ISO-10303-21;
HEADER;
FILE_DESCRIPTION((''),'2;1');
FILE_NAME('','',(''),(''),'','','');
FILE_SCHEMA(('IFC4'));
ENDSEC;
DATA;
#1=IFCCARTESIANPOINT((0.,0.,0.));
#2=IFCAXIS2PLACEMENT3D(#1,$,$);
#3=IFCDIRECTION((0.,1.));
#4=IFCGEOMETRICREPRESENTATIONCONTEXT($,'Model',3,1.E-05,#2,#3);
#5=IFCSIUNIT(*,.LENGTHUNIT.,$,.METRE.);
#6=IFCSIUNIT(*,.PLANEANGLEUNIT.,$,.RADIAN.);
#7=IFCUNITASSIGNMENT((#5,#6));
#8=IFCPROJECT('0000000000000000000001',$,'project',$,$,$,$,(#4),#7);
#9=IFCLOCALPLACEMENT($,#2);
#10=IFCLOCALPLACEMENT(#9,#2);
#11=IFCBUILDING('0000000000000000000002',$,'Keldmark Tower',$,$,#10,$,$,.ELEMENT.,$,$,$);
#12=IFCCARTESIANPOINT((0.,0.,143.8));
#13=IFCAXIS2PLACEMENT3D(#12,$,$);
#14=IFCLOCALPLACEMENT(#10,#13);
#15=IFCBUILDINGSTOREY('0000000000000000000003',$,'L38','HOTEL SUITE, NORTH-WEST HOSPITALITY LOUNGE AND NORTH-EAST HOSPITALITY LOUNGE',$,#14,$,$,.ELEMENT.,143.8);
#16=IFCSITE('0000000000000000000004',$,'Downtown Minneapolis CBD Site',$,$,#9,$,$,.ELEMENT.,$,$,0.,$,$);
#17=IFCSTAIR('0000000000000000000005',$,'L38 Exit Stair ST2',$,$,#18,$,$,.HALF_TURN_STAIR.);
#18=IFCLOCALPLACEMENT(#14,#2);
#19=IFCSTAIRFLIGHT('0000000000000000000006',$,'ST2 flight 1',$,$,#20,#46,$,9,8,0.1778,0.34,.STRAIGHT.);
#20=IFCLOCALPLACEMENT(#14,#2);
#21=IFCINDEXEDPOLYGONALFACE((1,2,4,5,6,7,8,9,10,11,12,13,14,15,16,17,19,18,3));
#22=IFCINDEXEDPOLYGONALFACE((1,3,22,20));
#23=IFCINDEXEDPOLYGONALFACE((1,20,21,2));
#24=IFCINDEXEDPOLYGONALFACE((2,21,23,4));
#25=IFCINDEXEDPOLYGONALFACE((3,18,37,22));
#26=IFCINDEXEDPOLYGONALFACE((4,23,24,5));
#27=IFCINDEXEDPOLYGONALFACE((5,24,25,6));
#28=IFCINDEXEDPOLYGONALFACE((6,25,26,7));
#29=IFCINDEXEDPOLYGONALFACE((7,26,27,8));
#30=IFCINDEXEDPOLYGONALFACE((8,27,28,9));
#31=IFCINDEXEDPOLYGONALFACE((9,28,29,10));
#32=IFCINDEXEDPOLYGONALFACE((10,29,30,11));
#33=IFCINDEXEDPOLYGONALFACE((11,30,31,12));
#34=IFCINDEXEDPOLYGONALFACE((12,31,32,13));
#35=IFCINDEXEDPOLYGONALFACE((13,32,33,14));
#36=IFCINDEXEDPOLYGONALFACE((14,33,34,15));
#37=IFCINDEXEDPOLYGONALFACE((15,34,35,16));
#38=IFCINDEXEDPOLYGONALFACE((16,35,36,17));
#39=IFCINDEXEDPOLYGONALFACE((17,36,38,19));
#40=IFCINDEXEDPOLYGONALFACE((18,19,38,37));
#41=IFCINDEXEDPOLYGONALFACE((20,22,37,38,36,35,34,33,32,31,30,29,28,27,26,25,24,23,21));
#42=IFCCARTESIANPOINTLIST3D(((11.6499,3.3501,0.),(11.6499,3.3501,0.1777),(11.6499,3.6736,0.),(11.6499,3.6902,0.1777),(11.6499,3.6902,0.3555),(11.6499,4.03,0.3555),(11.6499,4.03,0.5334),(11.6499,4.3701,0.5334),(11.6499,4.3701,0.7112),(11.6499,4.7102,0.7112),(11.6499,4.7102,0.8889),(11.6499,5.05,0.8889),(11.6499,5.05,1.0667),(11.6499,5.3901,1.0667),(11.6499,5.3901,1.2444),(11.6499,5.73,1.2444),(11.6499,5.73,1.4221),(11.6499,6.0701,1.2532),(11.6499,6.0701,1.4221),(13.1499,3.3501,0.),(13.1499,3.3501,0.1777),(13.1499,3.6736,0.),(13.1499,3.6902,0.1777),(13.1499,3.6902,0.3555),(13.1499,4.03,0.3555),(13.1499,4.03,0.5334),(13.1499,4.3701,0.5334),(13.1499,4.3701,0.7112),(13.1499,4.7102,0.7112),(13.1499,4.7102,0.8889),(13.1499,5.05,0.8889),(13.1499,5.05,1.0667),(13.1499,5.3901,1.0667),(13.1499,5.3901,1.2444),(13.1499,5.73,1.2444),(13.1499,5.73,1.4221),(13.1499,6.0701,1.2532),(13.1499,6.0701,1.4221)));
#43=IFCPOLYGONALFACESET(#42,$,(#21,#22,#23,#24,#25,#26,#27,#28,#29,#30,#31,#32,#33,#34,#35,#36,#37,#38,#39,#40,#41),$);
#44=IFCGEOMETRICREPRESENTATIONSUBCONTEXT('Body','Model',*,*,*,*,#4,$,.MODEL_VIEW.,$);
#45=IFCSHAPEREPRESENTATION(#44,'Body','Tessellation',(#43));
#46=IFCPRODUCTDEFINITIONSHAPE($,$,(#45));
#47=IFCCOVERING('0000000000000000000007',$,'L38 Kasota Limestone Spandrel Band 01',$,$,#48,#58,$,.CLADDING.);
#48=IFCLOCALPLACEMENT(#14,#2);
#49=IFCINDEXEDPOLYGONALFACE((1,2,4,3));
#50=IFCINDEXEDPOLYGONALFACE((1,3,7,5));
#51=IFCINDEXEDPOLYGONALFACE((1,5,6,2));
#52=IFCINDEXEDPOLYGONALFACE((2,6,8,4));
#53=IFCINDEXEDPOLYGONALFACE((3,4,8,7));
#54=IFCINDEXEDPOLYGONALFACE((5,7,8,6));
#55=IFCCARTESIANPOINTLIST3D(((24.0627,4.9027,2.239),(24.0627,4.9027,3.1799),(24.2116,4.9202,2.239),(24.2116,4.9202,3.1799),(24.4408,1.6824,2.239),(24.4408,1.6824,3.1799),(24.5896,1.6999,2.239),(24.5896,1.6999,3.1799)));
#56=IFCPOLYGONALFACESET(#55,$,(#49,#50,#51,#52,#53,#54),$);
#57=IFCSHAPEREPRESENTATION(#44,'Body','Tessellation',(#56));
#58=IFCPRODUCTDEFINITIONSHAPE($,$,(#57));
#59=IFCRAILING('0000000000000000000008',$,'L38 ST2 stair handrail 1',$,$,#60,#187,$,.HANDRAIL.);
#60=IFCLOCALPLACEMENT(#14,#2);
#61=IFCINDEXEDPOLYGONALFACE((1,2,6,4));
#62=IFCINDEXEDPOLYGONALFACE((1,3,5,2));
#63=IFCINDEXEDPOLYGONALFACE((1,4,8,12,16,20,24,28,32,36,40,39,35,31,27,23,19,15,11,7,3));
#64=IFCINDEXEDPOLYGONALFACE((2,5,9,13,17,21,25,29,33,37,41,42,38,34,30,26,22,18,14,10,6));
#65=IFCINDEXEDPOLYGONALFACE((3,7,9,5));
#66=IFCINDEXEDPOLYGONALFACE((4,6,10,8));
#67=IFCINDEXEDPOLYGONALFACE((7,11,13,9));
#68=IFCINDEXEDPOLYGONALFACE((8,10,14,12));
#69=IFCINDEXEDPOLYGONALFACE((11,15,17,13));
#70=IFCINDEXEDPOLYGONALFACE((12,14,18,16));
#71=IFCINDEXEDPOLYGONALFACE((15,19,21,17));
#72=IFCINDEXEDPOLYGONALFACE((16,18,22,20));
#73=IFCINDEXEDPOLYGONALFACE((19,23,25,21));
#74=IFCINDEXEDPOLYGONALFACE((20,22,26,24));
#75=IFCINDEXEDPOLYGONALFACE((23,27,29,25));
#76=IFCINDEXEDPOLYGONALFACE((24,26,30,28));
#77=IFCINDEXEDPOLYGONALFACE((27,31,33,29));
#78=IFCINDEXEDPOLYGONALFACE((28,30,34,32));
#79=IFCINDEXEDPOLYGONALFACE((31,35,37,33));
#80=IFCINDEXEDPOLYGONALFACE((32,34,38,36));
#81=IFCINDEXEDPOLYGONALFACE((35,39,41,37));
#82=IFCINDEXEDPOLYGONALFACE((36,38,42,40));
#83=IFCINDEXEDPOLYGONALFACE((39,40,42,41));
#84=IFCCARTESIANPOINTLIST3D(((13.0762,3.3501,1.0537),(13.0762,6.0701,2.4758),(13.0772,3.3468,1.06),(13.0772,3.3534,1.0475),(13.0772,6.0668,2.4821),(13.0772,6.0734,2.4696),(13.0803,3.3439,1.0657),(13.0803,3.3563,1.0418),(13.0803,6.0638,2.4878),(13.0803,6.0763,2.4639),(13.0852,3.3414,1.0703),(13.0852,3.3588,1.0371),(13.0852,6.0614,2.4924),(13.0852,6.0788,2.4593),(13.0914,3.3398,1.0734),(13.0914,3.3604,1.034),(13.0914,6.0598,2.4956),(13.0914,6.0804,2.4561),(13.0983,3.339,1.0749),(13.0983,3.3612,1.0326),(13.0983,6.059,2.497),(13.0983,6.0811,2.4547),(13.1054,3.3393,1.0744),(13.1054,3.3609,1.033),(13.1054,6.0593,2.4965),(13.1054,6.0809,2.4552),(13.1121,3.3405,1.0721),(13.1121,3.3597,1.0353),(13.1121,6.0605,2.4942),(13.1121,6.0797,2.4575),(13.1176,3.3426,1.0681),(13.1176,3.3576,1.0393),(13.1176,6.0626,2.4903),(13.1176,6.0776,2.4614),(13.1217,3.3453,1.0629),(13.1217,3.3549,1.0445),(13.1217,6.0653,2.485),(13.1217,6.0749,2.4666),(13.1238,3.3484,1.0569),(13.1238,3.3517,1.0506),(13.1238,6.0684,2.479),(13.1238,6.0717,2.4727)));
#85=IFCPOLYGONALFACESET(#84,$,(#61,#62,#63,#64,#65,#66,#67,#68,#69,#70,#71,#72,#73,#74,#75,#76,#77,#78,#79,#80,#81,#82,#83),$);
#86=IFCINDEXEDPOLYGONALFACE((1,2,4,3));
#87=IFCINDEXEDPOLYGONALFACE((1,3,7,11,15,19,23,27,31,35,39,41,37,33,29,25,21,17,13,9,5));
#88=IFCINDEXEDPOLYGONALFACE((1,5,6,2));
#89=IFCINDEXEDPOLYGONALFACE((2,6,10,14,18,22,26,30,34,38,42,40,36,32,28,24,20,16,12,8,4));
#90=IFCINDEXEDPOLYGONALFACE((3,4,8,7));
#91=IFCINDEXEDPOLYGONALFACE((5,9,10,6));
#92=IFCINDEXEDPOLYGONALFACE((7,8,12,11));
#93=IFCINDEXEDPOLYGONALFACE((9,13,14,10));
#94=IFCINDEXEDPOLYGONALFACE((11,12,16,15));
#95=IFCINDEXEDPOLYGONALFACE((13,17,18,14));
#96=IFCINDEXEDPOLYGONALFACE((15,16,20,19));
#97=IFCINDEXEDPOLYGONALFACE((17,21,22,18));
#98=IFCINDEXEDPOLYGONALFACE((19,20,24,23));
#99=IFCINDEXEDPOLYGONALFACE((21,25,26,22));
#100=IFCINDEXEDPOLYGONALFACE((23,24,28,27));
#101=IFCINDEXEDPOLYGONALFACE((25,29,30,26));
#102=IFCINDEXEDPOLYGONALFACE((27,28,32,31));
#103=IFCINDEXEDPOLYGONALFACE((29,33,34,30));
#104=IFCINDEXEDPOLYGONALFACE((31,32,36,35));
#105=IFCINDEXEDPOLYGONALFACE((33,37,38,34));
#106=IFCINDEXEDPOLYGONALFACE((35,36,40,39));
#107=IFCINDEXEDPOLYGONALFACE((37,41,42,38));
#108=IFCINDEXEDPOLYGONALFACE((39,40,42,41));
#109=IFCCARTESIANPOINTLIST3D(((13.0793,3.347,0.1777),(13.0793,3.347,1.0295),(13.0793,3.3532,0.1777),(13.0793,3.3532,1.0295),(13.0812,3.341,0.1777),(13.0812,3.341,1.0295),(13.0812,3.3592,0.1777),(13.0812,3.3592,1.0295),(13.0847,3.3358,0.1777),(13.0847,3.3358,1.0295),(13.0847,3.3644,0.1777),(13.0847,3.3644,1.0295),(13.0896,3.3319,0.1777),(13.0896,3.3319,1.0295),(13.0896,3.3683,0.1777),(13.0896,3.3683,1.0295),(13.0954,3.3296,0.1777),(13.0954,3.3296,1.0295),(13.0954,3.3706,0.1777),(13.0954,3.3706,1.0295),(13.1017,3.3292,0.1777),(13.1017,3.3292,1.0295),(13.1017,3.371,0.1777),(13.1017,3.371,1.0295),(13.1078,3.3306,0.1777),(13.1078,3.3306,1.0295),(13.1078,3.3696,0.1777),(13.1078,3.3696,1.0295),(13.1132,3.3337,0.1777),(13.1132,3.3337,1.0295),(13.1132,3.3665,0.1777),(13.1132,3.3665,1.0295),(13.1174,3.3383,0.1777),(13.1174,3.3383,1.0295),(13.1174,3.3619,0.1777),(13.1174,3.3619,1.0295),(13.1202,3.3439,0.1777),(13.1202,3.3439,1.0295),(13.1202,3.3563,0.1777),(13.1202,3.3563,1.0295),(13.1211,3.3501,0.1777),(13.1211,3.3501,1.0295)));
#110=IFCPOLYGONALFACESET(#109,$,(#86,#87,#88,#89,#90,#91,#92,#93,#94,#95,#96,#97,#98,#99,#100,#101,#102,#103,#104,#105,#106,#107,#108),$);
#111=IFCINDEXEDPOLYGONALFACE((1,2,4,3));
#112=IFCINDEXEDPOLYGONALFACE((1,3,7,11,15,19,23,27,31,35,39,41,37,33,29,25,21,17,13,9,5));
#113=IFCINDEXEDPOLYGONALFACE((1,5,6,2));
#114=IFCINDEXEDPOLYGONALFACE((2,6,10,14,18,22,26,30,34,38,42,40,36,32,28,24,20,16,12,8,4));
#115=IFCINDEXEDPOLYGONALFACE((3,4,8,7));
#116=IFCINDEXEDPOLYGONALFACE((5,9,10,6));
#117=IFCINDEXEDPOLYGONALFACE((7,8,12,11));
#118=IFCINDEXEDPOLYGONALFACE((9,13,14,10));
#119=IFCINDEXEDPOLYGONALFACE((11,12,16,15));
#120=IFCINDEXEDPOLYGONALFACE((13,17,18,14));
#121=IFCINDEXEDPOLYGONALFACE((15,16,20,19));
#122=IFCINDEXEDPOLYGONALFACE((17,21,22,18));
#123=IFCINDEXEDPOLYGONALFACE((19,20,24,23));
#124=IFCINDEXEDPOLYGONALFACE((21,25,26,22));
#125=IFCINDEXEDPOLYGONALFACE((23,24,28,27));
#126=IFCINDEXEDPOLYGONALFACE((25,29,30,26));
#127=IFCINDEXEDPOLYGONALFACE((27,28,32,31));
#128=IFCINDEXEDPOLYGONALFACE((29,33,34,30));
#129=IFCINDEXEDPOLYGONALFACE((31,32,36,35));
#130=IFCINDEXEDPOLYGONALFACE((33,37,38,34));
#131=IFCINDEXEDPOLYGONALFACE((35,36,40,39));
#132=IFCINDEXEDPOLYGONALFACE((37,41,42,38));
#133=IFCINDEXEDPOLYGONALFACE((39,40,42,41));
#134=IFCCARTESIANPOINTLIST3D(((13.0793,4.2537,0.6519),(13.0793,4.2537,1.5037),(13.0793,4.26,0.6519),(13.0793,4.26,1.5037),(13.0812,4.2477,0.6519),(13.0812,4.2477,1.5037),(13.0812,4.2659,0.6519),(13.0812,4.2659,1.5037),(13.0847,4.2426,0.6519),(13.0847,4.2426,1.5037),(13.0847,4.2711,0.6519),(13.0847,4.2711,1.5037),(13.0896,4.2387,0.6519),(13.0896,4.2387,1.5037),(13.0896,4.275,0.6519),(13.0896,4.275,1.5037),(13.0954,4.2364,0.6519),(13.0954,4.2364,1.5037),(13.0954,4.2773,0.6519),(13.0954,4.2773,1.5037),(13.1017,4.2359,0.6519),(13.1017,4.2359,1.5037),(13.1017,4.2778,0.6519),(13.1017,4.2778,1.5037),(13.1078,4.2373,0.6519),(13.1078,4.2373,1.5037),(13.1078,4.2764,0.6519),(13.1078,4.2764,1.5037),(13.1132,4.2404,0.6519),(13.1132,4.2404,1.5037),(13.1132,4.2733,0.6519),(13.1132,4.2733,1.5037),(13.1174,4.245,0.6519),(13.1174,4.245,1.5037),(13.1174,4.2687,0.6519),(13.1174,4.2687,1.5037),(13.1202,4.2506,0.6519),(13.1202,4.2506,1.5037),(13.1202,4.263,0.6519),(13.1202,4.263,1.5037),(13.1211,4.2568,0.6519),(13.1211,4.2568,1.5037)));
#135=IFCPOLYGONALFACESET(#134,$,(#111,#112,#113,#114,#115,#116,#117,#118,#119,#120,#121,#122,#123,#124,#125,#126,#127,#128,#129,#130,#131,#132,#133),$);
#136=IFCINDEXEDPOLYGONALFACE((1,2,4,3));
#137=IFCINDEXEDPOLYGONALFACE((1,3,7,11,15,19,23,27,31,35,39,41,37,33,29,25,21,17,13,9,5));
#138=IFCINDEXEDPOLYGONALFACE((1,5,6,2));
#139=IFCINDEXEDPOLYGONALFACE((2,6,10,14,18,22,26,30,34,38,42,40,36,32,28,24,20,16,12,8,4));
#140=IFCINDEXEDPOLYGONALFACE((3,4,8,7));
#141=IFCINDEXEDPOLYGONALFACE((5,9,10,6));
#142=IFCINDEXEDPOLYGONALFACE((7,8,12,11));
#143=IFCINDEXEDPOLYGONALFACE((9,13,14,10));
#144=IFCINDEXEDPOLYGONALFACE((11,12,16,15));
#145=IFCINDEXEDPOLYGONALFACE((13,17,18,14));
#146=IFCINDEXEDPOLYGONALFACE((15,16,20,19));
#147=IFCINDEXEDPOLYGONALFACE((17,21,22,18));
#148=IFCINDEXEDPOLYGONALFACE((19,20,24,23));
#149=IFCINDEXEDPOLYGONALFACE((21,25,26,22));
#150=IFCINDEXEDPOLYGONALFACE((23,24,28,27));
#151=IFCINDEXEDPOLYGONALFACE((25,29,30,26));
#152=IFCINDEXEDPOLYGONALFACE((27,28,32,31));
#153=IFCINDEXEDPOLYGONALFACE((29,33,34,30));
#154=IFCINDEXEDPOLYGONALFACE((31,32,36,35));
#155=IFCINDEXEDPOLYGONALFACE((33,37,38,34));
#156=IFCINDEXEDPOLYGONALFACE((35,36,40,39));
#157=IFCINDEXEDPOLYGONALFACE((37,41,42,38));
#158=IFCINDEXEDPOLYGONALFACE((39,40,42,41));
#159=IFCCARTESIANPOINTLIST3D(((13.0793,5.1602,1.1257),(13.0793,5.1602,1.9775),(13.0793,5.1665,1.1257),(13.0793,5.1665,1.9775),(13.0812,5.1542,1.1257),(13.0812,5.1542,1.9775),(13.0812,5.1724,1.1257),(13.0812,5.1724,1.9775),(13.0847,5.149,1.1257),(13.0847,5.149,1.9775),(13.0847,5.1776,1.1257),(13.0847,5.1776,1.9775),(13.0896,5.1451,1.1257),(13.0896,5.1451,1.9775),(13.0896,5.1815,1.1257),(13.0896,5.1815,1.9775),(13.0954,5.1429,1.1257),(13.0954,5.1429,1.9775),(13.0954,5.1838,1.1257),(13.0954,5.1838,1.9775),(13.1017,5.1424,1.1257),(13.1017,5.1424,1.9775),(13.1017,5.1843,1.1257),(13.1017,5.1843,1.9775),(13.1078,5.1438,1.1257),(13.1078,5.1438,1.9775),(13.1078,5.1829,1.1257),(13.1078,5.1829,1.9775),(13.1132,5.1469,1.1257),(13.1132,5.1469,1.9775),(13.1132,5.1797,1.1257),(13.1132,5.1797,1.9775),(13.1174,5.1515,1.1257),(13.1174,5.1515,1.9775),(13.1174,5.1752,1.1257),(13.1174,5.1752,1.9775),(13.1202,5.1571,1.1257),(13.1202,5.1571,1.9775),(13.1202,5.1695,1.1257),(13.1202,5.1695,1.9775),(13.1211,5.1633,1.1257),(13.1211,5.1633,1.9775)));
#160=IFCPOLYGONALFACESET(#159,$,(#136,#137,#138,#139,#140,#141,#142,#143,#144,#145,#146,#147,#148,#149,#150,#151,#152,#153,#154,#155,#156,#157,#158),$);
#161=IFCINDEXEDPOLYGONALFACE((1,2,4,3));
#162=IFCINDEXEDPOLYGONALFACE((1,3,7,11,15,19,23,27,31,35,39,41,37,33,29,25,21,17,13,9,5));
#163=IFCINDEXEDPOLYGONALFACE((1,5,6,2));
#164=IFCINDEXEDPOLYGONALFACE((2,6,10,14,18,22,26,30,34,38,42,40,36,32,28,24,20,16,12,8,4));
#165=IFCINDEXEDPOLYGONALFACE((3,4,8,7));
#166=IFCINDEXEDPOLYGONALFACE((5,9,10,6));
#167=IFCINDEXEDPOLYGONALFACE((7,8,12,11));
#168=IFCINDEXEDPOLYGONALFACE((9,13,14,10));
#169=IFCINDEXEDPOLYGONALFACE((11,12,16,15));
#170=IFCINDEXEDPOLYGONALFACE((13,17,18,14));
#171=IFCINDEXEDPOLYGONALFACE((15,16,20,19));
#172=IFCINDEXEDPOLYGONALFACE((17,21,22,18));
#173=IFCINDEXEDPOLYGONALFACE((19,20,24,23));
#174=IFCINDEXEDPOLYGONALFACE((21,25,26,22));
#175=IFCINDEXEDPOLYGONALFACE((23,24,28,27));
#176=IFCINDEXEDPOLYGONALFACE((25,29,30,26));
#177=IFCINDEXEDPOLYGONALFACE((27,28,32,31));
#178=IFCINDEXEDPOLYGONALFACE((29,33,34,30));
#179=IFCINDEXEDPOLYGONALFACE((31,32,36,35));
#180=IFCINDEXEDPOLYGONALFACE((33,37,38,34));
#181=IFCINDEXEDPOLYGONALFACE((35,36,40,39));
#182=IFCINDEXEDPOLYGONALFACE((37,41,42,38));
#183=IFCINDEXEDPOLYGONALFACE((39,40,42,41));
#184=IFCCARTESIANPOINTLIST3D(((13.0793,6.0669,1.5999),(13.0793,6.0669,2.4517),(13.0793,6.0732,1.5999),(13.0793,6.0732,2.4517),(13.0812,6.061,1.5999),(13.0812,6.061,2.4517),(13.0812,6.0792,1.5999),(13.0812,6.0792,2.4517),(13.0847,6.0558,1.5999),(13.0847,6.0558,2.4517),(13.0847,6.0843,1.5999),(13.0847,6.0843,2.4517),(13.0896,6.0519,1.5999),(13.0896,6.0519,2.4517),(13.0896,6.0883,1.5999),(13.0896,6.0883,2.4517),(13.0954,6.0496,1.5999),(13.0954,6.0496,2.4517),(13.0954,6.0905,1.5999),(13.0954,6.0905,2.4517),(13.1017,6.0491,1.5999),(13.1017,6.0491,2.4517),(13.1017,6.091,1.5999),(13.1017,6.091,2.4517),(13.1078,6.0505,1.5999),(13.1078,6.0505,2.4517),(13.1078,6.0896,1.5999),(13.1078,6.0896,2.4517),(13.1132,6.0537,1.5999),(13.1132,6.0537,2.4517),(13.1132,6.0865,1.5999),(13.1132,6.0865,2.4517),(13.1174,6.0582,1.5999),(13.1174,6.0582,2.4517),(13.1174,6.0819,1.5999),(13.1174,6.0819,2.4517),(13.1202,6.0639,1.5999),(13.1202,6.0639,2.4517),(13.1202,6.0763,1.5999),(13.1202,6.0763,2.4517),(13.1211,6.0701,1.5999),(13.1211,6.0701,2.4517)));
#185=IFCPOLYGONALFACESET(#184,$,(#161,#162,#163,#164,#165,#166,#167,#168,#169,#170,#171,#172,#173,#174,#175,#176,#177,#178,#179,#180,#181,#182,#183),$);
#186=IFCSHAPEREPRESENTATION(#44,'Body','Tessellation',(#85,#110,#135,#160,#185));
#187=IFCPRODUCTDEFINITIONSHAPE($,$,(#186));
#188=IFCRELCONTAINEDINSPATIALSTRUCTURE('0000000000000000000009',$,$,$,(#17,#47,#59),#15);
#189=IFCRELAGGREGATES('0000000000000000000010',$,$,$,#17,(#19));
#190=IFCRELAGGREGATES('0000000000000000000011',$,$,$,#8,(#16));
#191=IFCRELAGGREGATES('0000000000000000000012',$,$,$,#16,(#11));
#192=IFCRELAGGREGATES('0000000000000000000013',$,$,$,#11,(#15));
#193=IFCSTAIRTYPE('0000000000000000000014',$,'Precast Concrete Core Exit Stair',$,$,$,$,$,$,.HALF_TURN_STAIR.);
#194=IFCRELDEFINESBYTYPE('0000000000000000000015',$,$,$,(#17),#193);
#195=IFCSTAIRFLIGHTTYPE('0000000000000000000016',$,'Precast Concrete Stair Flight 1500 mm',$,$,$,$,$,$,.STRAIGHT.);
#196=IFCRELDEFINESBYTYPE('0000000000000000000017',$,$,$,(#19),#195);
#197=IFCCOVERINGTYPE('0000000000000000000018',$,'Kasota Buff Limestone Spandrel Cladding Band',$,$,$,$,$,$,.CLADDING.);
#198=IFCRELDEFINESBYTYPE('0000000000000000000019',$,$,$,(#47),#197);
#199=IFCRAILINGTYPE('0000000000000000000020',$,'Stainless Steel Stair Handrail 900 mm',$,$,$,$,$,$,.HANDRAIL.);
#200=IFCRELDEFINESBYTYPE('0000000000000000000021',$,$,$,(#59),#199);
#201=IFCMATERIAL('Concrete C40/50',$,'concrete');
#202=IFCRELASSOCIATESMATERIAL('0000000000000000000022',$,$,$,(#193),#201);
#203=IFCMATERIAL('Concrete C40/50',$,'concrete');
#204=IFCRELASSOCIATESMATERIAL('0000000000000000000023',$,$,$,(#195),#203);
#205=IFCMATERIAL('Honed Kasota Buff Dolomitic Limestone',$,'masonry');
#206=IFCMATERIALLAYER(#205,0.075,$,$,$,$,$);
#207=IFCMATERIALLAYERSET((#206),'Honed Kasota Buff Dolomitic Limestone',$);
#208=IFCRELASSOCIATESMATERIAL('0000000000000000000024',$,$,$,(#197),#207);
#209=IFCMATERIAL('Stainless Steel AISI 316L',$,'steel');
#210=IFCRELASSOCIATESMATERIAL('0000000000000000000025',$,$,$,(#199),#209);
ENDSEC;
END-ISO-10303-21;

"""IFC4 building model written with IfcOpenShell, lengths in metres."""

from ifc_helpers import new_model, si_unit, direction, frame, origin, origin_2d, place, context, subcontext, project, spatial, polyline, rectangle, circle, outline, extrude, material, layer, layer_set, type_object, element, aggregate, save


model = new_model("IFC4")

# Units and contexts
model_context = context("Model", 3, precision=1e-05, world=origin(), true_north=direction((0.0, 1.0)))
body_context = subcontext(model_context, "Body", "Model", "MODEL_VIEW")
ifc_project = project(units=[si_unit("LENGTHUNIT", "METRE"), si_unit("PLANEANGLEUNIT", "RADIAN")], contexts=[model_context])

# Site, building, storey
site_placement = place(None, origin())
site = spatial("IfcSite", under=ifc_project, at=site_placement, Name="Downtown Minneapolis CBD Site", CompositionType="ELEMENT", RefElevation=0.0)
building_placement = place(site_placement, origin())
building = spatial("IfcBuilding", under=site, at=building_placement, Name="Keldmark Tower", CompositionType="ELEMENT")
storey_placement = place(building_placement, frame((0.0, 0.0, 143.8)))
storey = spatial("IfcBuildingStorey", under=building, at=storey_placement, Name="L38", Description="HOTEL SUITE, NORTH-WEST HOSPITALITY LOUNGE AND NORTH-EAST HOSPITALITY LOUNGE", CompositionType="ELEMENT", Elevation=143.8)

# Stair, stair flight
ifc_material_1 = material(Name="Concrete C40/50", Category="concrete")
stair_type = type_object("IfcStairType", Name="Precast Concrete Core Exit Stair", PredefinedType="HALF_TURN_STAIR", material=ifc_material_1)
stair_placement = place(storey_placement, origin())
stair = element("IfcStair", 1, at=stair_placement, inside=storey, type_object=stair_type, Name="L38 Exit Stair ST2", PredefinedType="HALF_TURN_STAIR")
ifc_material_2 = material(Name="Concrete C40/50", Category="concrete")
stair_flight_type = type_object("IfcStairFlightType", Name="Precast Concrete Stair Flight 1500 mm", PredefinedType="STRAIGHT", material=ifc_material_2)
stair_flight_placement = place(storey_placement, frame((12.3999, 3.3501, 0.0), z_axis=(0.0, 0.0, 1.0), x_axis=(0.0, 1.0, 0.0)))
stair_flight = element("IfcStairFlight", 2, at=stair_flight_placement, type_object=stair_flight_type, Name="ST2 flight 1", NumberOfRisers=9, NumberOfTreads=8, PredefinedType="STRAIGHT", RiserHeight=0.1778, TreadLength=0.34, context=body_context, shape_type="SweptSolid", body=[
    extrude(outline(polyline([(0.0, 0.0), (0.0, 0.1777), (0.3401, 0.1777), (0.3401, 0.3555), (0.6799, 0.3555), (0.6799, 0.5334), (1.02, 0.5334), (1.02, 0.7112), (1.3601, 0.7112), (1.3601, 0.8889), (1.7, 0.8889), (1.7, 1.0667), (2.04, 1.0667), (2.04, 1.2444), (2.3799, 1.2444), (2.3799, 1.4221), (2.72, 1.4221), (2.72, 1.6001), (2.72, 1.2532), (0.3235, 0.0), (0.0, 0.0)])), frame((0.0, 0.75, 0.0), z_axis=(0.0, -1.0, 0.0), x_axis=(1.0, 0.0, 0.0)), (0.0, 0.0, 1.0), 1.5),
])
aggregate(stair, [stair_flight])

# Covering
ifc_material_3 = material(Name="Honed Kasota Buff Dolomitic Limestone", Category="masonry")
ifc_layer_1 = layer(ifc_material_3, 0.075)
ifc_layer_set_1 = layer_set([ifc_layer_1], Name="Honed Kasota Buff Dolomitic Limestone")
covering_type = type_object("IfcCoveringType", Name="Kasota Buff Limestone Spandrel Cladding Band", PredefinedType="CLADDING", material=ifc_layer_set_1)
covering_placement = place(storey_placement, frame((24.3262, 3.3013, 2.239), z_axis=(0.0, 0.0, 1.0), x_axis=(-0.116601, 0.993179, 0.0)))
element("IfcCovering", 3, at=covering_placement, inside=storey, type_object=covering_type, Name="L38 Kasota Limestone Spandrel Band 01", PredefinedType="CLADDING", context=body_context, shape_type="SweptSolid", body=[
    extrude(rectangle(XDim=3.2424, YDim=0.1499, at=origin_2d()), origin(), (0.0, 0.0, 1.0), 0.9409),
])

# Railing
ifc_material_4 = material(Name="Stainless Steel AISI 316L", Category="steel")
railing_type = type_object("IfcRailingType", Name="Stainless Steel Stair Handrail 900 mm", PredefinedType="HANDRAIL", material=ifc_material_4)
railing_placement = place(storey_placement, frame((13.1001, 3.3501, 0.1777)))
element("IfcRailing", 4, at=railing_placement, inside=storey, type_object=railing_type, Name="L38 ST2 stair handrail 1", PredefinedType="HANDRAIL", context=body_context, shape_type="SweptSolid", body=[
    extrude(circle(Radius=0.0239, at=origin_2d()), frame((0.0, 0.0, 0.876), z_axis=(0.0, 0.886183, 0.463335), x_axis=(-1.0, 0.0, 0.0)), (0.0, 0.0, 1.0), 3.0693),
    extrude(circle(Radius=0.021, at=origin_2d()), origin(), (0.0, 0.0, 1.0), 0.8518),
    extrude(circle(Radius=0.021, at=origin_2d()), frame((0.0, 0.9067, 0.4741)), (0.0, 0.0, 1.0), 0.8518),
    extrude(circle(Radius=0.021, at=origin_2d()), frame((0.0, 1.8132, 0.948)), (0.0, 0.0, 1.0), 0.8518),
    extrude(circle(Radius=0.021, at=origin_2d()), frame((0.0, 2.72, 1.4221)), (0.0, 0.0, 1.0), 0.8518),
])

save(model, "model.ifc")
